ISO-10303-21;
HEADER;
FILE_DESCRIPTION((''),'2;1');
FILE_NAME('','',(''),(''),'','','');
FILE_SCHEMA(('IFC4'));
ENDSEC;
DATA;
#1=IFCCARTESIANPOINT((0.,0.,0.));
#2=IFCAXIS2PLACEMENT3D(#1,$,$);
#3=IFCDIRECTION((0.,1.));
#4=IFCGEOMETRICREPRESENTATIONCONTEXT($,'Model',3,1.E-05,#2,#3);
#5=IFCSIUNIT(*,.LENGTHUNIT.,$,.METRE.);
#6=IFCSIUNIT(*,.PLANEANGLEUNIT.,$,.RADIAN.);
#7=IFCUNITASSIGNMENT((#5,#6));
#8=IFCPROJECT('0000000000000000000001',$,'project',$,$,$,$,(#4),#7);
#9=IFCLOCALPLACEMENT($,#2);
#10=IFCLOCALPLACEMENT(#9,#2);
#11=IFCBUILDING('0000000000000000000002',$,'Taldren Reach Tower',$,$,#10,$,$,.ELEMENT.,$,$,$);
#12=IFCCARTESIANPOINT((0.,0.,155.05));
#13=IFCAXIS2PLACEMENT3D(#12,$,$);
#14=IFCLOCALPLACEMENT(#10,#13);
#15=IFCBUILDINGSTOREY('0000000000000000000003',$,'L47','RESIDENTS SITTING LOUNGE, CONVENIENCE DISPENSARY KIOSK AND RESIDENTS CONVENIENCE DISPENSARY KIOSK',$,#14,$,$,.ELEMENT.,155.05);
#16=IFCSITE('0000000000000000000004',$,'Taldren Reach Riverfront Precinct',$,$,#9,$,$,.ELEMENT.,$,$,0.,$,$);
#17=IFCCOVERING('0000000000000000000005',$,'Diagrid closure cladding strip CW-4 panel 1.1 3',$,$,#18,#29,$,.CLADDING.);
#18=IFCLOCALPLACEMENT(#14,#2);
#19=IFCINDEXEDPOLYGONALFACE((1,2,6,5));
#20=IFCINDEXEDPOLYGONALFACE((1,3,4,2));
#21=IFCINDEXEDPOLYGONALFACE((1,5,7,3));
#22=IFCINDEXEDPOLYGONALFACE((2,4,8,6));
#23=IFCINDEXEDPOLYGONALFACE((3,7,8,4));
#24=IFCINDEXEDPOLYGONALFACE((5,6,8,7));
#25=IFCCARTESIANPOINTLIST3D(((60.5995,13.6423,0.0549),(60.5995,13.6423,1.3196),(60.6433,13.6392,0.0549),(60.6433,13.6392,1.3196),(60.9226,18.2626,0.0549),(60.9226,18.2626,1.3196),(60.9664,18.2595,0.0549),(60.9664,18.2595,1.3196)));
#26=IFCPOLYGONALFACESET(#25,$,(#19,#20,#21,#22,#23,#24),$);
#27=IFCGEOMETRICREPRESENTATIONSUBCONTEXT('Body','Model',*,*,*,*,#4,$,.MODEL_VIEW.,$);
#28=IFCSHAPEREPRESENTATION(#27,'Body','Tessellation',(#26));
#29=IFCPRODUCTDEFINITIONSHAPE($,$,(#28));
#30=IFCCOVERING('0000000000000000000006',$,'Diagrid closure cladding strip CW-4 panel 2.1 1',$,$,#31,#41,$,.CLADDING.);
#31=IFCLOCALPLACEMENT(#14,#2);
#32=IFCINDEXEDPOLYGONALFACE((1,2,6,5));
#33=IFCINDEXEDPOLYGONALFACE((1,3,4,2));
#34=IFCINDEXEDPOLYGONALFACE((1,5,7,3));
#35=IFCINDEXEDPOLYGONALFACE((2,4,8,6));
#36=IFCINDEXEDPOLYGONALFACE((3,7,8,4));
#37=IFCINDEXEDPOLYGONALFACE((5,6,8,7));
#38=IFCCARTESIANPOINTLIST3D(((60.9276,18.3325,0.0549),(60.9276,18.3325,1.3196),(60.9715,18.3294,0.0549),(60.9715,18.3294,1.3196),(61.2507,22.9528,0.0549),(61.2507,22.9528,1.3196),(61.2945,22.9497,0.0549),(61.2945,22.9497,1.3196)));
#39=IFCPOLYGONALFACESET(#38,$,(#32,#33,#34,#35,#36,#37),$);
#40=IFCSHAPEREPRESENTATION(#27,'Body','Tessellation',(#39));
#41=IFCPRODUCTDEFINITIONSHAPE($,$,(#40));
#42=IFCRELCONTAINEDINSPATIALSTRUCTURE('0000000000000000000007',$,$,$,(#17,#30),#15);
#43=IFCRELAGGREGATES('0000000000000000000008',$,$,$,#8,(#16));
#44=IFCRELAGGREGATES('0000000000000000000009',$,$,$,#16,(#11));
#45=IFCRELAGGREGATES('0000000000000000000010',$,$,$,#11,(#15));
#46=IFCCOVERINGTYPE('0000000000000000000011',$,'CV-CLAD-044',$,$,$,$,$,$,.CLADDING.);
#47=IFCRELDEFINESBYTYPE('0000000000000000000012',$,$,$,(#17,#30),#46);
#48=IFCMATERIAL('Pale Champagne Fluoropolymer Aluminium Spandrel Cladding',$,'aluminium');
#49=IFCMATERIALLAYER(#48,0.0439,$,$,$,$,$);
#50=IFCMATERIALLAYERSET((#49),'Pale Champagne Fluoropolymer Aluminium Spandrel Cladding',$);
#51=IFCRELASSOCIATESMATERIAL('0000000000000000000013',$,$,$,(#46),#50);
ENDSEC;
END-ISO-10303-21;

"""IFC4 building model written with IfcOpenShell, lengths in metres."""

from ifc_helpers import new_model, si_unit, direction, frame, origin, origin_2d, place, context, subcontext, project, spatial, rectangle, extrude, source, transform, mapped, material, layer, layer_set, type_object, element, save


model = new_model("IFC4")

# Units and contexts
model_context = context("Model", 3, precision=1e-05, world=origin(), true_north=direction((0.0, 1.0)))
body_context = subcontext(model_context, "Body", "Model", "MODEL_VIEW")
ifc_project = project(units=[si_unit("LENGTHUNIT", "METRE"), si_unit("PLANEANGLEUNIT", "RADIAN")], contexts=[model_context])

# Site, building, storey
site_placement = place(None, origin())
site = spatial("IfcSite", under=ifc_project, at=site_placement, Name="Taldren Reach Riverfront Precinct", CompositionType="ELEMENT", RefElevation=0.0)
building_placement = place(site_placement, origin())
building = spatial("IfcBuilding", under=site, at=building_placement, Name="Taldren Reach Tower", CompositionType="ELEMENT")
storey_placement = place(building_placement, frame((0.0, 0.0, 155.05)))
storey = spatial("IfcBuildingStorey", under=building, at=storey_placement, Name="L47", Description="RESIDENTS SITTING LOUNGE, CONVENIENCE DISPENSARY KIOSK AND RESIDENTS CONVENIENCE DISPENSARY KIOSK", CompositionType="ELEMENT", Elevation=155.05)

# Coverings
ifc_material_1 = material(Name="Pale Champagne Fluoropolymer Aluminium Spandrel Cladding", Category="aluminium")
ifc_layer_1 = layer(ifc_material_1, 0.0439)
ifc_layer_set_1 = layer_set([ifc_layer_1], Name="Pale Champagne Fluoropolymer Aluminium Spandrel Cladding")
covering_type = type_object("IfcCoveringType", Name="CV-CLAD-044", PredefinedType="CLADDING", material=ifc_layer_set_1)
shared_shape_1 = source(origin(), body_context, "Body", "SweptSolid", [
    extrude(rectangle(XDim=4.6316, YDim=0.0439, at=origin_2d()), origin(), (0.0, 0.0, 1.0), 1.2646),
])
for number, where, z_axis, x_axis, name in (
    (1, (60.783, 15.9509, 0.0549), (0.0, 0.0, 1.0), (0.069756, 0.997564, 0.0), "Diagrid closure cladding strip CW-4 panel 1.1 3"),
    (2, (61.1111, 20.6411, 0.0549), (0.0, 0.0, 1.0), (0.069756, 0.997564, 0.0), "Diagrid closure cladding strip CW-4 panel 2.1 1"),
):
    element("IfcCovering", number, at=place(storey_placement, frame(where, z_axis=z_axis, x_axis=x_axis)), inside=storey, type_object=covering_type, Name=name, PredefinedType="CLADDING", context=body_context, shape_type="MappedRepresentation", body=[
        mapped(shared_shape_1, transform((0.0, 0.0, 0.0), scale=1.0)),
    ])

save(model, "model.ifc")
